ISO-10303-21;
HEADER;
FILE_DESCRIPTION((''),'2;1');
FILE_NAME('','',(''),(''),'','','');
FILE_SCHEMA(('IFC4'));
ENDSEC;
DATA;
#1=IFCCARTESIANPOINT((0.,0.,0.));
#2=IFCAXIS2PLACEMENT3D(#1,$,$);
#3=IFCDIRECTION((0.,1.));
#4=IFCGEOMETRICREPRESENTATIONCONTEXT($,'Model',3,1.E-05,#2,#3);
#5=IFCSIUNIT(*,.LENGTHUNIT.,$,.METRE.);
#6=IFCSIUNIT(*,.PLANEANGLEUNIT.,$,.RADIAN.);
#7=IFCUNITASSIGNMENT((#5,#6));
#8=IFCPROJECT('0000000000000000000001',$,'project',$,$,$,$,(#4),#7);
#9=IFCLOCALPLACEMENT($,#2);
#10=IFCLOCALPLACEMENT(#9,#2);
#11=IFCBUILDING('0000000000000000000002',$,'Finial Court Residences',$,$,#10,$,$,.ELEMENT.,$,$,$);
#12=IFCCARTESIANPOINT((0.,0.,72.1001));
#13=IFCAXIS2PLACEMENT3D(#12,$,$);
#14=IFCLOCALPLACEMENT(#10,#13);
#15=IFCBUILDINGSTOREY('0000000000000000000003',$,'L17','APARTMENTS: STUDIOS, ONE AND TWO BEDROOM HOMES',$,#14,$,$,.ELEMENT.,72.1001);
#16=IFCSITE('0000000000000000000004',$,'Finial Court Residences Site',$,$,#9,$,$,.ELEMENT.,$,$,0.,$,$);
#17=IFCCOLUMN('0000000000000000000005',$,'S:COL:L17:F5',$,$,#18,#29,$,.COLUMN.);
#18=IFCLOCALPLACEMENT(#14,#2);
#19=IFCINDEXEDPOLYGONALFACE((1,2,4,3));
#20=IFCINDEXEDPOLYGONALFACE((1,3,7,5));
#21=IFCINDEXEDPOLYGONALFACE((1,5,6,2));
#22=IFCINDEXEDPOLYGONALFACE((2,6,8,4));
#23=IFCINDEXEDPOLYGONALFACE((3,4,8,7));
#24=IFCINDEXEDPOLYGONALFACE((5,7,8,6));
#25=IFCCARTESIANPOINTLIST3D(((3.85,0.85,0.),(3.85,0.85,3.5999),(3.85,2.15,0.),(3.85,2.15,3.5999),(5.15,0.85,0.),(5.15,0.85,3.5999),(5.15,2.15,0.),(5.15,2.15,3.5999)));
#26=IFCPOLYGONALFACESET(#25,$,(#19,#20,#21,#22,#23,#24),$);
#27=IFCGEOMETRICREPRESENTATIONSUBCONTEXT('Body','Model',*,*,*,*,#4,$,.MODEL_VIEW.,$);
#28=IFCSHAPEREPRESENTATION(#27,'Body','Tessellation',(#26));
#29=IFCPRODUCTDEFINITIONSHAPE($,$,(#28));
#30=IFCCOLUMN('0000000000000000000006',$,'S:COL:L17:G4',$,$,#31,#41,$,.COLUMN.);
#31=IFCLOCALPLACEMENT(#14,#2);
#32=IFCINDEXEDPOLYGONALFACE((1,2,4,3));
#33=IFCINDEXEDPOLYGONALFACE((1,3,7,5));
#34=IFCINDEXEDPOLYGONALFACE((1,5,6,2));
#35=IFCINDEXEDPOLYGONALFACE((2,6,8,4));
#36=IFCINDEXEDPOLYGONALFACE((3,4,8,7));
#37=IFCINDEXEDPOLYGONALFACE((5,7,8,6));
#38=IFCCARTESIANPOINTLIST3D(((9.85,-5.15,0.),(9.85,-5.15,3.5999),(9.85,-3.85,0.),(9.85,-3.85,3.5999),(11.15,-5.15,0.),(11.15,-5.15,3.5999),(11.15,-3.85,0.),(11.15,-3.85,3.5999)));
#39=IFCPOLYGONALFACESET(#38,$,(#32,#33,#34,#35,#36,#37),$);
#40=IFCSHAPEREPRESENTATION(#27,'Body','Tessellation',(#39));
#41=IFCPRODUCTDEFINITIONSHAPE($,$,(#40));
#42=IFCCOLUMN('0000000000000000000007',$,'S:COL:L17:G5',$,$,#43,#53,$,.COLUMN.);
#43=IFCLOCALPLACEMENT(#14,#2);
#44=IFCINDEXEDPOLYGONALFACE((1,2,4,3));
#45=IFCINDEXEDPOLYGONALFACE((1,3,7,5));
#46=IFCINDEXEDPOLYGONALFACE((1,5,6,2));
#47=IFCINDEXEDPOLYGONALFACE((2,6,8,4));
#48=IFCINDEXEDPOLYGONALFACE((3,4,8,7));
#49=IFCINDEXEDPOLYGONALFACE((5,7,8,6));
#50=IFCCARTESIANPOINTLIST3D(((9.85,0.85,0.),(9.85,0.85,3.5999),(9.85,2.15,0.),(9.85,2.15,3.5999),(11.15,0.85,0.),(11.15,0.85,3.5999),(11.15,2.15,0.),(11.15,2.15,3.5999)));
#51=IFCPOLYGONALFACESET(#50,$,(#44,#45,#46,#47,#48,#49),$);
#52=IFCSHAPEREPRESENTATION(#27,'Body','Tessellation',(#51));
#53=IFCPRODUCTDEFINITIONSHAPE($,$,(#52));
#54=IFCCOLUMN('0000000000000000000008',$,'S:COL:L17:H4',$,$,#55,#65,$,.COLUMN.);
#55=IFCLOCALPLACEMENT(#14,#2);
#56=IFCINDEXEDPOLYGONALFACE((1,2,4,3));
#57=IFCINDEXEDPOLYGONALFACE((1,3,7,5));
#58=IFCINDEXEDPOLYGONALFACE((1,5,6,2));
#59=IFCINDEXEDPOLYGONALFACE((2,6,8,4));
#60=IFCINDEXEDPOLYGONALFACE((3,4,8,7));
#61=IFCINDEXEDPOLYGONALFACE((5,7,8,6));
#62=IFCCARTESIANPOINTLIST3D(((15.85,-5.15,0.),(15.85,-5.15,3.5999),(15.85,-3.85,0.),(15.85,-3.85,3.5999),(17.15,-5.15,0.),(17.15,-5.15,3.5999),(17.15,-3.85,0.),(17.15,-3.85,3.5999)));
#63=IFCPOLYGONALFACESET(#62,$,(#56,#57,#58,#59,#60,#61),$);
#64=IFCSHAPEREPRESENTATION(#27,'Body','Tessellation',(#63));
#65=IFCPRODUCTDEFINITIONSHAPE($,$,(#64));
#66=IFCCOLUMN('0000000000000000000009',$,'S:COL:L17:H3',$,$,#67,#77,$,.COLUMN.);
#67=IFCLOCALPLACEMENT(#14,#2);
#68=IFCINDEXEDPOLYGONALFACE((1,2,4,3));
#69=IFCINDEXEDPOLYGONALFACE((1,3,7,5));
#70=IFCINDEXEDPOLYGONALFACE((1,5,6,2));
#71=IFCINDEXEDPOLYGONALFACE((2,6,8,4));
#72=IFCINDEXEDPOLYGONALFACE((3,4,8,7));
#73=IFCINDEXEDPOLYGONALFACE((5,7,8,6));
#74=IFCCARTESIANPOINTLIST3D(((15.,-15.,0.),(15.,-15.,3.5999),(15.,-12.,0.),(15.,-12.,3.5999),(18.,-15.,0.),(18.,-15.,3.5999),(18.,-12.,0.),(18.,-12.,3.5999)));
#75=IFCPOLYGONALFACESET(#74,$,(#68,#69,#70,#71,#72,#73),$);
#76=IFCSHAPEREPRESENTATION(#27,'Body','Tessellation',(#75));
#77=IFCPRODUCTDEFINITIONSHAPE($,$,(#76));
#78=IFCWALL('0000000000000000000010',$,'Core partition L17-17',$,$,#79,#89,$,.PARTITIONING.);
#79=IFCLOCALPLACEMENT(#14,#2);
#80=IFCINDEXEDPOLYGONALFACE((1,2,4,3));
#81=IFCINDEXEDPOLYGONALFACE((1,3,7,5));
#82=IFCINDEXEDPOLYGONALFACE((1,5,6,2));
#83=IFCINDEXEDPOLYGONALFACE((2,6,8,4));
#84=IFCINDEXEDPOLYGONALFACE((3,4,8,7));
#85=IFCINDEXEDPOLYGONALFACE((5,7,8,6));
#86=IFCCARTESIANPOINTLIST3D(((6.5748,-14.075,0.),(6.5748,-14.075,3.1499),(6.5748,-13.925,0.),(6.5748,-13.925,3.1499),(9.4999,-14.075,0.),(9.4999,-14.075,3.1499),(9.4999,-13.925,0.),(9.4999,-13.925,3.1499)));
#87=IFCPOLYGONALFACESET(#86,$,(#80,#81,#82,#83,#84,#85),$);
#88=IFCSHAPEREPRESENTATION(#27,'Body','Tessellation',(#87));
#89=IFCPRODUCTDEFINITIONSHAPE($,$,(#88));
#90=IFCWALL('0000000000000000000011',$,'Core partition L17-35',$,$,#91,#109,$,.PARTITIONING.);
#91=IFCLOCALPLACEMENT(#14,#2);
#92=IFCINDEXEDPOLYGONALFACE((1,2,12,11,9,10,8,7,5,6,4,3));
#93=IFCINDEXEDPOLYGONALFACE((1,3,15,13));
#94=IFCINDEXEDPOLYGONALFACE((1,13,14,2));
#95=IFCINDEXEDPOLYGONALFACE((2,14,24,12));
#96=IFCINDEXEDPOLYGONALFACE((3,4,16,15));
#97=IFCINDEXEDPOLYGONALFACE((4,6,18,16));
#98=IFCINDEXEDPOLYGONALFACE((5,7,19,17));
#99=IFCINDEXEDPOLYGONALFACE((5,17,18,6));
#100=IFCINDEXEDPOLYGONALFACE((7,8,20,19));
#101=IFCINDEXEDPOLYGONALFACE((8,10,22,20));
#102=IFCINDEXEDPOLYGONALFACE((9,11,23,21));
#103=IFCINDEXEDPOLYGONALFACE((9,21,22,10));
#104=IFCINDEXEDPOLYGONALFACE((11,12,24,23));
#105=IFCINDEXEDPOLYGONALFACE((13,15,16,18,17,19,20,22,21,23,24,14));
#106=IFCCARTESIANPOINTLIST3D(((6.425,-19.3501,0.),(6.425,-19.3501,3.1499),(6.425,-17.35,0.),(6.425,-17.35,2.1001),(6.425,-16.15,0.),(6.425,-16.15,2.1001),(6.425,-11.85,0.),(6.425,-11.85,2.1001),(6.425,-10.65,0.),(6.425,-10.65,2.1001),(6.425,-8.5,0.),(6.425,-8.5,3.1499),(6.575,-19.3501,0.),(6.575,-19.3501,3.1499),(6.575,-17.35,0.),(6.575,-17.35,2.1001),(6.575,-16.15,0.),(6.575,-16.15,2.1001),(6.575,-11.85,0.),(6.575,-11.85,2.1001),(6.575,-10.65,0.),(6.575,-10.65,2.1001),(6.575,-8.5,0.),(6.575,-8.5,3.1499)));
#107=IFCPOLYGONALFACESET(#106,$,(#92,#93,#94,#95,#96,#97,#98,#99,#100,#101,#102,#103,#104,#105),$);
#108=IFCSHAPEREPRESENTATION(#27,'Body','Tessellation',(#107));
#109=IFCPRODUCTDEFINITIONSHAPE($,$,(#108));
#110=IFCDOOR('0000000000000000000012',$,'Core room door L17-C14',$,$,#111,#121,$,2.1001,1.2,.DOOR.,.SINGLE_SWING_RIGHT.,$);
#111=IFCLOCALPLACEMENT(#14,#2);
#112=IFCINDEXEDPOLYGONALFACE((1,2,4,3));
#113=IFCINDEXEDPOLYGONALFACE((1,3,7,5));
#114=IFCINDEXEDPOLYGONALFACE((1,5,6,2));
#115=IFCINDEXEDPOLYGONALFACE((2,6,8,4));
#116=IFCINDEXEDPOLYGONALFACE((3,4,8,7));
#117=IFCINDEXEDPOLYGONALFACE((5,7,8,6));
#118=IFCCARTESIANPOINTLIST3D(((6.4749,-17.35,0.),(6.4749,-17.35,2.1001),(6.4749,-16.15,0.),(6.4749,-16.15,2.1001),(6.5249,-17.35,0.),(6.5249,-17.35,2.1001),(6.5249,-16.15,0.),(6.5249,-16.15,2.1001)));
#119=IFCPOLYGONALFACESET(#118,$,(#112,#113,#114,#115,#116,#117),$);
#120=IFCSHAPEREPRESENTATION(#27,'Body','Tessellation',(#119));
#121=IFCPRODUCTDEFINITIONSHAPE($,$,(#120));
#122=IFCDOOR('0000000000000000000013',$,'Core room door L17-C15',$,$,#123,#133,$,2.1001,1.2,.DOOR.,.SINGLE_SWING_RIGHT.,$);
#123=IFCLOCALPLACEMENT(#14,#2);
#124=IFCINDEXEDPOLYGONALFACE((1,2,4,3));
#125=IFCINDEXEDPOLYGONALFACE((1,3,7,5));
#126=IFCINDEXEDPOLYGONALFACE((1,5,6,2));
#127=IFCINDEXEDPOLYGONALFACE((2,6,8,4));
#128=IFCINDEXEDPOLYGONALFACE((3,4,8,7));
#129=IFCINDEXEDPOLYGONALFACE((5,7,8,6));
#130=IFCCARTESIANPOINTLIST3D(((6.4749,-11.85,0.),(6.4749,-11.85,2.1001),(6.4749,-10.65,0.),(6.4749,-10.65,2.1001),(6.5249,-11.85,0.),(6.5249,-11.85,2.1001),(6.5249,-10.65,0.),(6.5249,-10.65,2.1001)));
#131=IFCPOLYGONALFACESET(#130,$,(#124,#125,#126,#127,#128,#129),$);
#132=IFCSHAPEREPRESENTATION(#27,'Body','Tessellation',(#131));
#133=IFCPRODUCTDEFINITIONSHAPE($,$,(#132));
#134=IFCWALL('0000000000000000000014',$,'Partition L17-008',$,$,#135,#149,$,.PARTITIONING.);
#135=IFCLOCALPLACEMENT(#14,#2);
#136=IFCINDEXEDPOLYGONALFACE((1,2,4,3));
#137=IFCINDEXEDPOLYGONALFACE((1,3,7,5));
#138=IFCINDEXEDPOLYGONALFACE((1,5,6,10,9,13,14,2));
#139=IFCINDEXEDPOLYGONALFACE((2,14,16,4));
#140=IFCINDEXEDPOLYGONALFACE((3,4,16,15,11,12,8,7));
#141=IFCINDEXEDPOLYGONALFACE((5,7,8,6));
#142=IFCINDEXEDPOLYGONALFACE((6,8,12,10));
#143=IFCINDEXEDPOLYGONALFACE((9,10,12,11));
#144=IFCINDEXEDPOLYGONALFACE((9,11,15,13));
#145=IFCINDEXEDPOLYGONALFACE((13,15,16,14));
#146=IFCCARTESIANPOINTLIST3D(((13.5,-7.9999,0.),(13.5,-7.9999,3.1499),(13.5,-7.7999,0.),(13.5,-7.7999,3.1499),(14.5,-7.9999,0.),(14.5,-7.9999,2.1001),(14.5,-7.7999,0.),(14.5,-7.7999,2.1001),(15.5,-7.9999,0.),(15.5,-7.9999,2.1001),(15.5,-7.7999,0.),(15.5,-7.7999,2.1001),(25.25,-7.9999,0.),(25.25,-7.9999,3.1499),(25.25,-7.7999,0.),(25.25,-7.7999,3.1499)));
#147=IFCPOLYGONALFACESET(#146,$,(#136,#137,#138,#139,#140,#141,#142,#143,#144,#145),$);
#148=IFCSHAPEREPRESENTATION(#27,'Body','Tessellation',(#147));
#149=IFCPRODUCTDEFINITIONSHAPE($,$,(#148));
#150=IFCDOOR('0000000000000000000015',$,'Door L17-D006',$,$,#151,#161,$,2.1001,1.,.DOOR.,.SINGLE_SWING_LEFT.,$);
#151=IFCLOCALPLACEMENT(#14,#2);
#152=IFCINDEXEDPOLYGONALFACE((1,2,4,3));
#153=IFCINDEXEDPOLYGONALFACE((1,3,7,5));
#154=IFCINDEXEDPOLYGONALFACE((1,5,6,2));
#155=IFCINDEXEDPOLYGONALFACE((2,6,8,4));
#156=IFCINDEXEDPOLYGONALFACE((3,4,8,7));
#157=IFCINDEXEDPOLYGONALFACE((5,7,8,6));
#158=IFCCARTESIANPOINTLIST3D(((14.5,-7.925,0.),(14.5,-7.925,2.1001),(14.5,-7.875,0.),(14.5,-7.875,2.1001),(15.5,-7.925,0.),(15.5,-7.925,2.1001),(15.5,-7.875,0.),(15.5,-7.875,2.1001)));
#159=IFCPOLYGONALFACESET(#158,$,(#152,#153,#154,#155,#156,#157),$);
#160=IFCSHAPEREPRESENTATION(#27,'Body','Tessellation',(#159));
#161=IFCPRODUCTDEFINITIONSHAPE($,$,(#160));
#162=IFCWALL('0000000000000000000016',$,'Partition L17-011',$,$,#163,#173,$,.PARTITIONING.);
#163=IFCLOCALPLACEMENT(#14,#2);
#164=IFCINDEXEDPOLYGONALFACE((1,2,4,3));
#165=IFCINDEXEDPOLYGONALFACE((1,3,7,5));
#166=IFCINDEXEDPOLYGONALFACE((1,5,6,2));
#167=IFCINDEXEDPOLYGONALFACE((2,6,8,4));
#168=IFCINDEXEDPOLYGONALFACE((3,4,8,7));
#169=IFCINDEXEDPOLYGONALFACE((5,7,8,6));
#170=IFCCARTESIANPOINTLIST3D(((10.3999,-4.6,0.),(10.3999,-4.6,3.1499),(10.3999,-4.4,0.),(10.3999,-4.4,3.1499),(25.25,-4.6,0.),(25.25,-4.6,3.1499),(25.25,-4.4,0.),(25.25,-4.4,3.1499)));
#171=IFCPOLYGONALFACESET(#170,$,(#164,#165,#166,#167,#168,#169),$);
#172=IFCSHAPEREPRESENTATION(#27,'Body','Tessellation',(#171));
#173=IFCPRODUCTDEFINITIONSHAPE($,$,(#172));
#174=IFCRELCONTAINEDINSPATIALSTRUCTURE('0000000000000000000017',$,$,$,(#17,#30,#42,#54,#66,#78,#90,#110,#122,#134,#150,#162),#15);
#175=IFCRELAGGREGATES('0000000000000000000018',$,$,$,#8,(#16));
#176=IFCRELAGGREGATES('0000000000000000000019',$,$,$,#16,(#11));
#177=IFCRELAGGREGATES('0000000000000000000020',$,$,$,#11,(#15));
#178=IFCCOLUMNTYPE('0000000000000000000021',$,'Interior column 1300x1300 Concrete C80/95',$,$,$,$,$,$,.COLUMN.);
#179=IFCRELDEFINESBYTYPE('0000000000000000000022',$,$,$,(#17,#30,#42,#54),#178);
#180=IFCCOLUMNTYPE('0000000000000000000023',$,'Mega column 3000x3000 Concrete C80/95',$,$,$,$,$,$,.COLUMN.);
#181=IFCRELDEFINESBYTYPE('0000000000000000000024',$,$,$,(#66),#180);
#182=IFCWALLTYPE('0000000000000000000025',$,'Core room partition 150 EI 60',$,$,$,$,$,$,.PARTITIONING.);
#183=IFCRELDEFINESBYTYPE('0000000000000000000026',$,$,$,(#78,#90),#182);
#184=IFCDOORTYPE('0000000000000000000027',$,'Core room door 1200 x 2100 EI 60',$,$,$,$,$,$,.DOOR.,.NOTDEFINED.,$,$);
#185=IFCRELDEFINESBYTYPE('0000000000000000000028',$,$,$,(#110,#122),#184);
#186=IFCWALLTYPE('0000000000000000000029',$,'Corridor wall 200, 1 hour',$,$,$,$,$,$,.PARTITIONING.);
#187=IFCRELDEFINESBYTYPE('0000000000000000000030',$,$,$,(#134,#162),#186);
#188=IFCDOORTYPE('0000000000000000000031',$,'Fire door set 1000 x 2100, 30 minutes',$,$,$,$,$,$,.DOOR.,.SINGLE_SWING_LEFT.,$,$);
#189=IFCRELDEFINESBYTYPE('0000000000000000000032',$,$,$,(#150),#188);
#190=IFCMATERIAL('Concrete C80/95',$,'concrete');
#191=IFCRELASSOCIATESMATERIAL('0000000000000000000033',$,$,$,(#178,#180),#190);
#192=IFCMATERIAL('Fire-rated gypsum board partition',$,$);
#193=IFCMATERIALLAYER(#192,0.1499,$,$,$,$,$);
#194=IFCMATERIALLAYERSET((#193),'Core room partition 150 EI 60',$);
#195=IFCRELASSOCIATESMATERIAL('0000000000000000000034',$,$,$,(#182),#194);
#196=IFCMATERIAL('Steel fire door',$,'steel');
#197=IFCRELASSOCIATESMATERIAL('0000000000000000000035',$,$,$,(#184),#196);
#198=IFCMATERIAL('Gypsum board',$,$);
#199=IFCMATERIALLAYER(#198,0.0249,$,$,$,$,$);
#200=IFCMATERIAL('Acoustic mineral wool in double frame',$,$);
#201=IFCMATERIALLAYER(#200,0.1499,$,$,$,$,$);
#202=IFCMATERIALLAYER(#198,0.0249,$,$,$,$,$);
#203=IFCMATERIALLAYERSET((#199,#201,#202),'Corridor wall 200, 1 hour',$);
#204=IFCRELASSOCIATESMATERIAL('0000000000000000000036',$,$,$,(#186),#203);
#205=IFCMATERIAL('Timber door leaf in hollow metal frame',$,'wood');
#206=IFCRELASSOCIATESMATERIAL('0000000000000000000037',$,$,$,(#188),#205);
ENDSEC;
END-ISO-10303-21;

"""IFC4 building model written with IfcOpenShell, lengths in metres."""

from ifc_helpers import new_model, si_unit, direction, frame, frame_2d, origin, origin_2d, place, context, subcontext, project, spatial, rectangle, extrude, material, layer, layer_set, material_profile, profile_set, type_object, element, fill, save


model = new_model("IFC4")

# Units and contexts
model_context = context("Model", 3, precision=1e-05, world=origin(), true_north=direction((0.0, 1.0)))
body_context = subcontext(model_context, "Body", "Model", "MODEL_VIEW")
ifc_project = project(units=[si_unit("LENGTHUNIT", "METRE"), si_unit("PLANEANGLEUNIT", "RADIAN")], contexts=[model_context])

# Site, building, storey
site_placement = place(None, origin())
site = spatial("IfcSite", under=ifc_project, at=site_placement, Name="Finial Court Residences Site", CompositionType="ELEMENT", RefElevation=0.0)
building_placement = place(site_placement, origin())
building = spatial("IfcBuilding", under=site, at=building_placement, Name="Finial Court Residences", CompositionType="ELEMENT")
storey_placement = place(building_placement, frame((0.0, 0.0, 72.1001)))
storey = spatial("IfcBuildingStorey", under=building, at=storey_placement, Name="L17", Description="APARTMENTS: STUDIOS, ONE AND TWO BEDROOM HOMES", CompositionType="ELEMENT", Elevation=72.1001)

# Columns
ifc_material_1 = material(Name="Concrete C80/95", Category="concrete")
ifc_material_profile_1 = material_profile(ifc_material_1, rectangle(XDim=1.3, YDim=1.3, at=origin_2d()), Name="1300x1300")
ifc_profile_set_1 = profile_set([ifc_material_profile_1], Name="Concrete C80/95")
column_type_1 = type_object("IfcColumnType", Name="Interior column 1300x1300 Concrete C80/95", PredefinedType="COLUMN", material=ifc_profile_set_1)
for number, where, z_axis, x_axis, name in (
    (1, (4.5, 1.5, 0.0), (0.0, 0.0, 1.0), (1.0, 0.0, 0.0), "S:COL:L17:F5"),
    (2, (10.5, -4.5, 0.0), (0.0, 0.0, 1.0), (1.0, 0.0, 0.0), "S:COL:L17:G4"),
    (3, (10.5, 1.5, 0.0), (0.0, 0.0, 1.0), (1.0, 0.0, 0.0), "S:COL:L17:G5"),
    (4, (16.5, -4.5, 0.0), (0.0, 0.0, 1.0), (1.0, 0.0, 0.0), "S:COL:L17:H4"),
):
    element("IfcColumn", number, at=place(storey_placement, frame(where, z_axis=z_axis, x_axis=x_axis)), inside=storey, type_object=column_type_1, Name=name, PredefinedType="COLUMN", context=body_context, shape_type="SweptSolid", body=[
        extrude(rectangle(XDim=1.3, YDim=1.3, at=origin_2d()), origin(), (0.0, 0.0, 1.0), 3.5999),
    ])
ifc_material_profile_2 = material_profile(ifc_material_1, rectangle(XDim=3.0, YDim=3.0, at=origin_2d()), Name="3000x3000")
ifc_profile_set_2 = profile_set([ifc_material_profile_2], Name="Concrete C80/95")
column_type_2 = type_object("IfcColumnType", Name="Mega column 3000x3000 Concrete C80/95", PredefinedType="COLUMN", material=ifc_profile_set_2)
column_placement = place(storey_placement, frame((16.5, -13.5, 0.0), z_axis=(0.0, 0.0, 1.0), x_axis=(1.0, 0.0, 0.0)))
element("IfcColumn", 5, at=column_placement, inside=storey, type_object=column_type_2, Name="S:COL:L17:H3", PredefinedType="COLUMN", context=body_context, shape_type="SweptSolid", body=[
    extrude(rectangle(XDim=3.0, YDim=3.0, at=origin_2d()), origin(), (0.0, 0.0, 1.0), 3.5999),
])

# Wall
ifc_material_2 = material(Name="Fire-rated gypsum board partition")
ifc_layer_1 = layer(ifc_material_2, 0.1499)
ifc_layer_set_1 = layer_set([ifc_layer_1], Name="Core room partition 150 EI 60")
wall_type_1 = type_object("IfcWallType", Name="Core room partition 150 EI 60", PredefinedType="PARTITIONING", material=ifc_layer_set_1)
wall_1_placement = place(storey_placement, frame((6.575, -14.0, 0.0), z_axis=(0.0, 0.0, 1.0), x_axis=(1.0, 0.0, 0.0)))
element("IfcWall", 6, at=wall_1_placement, inside=storey, type_object=wall_type_1, Name="Core partition L17-17", PredefinedType="PARTITIONING", context=body_context, shape_type="SweptSolid", body=[
    extrude(rectangle(XDim=2.925, YDim=0.1499, at=frame_2d((1.4624, 0.0))), origin(), (0.0, 0.0, 1.0), 3.1499),
])

# Wall, openings, doors
wall_2_placement = place(storey_placement, frame((6.5, -8.5, 0.0), z_axis=(0.0, 0.0, 1.0), x_axis=(0.0, -1.0, 0.0)))
wall_2 = element("IfcWall", 7, at=wall_2_placement, inside=storey, type_object=wall_type_1, Name="Core partition L17-35", PredefinedType="PARTITIONING", context=body_context, shape_type="SweptSolid", body=[
    extrude(rectangle(XDim=10.8501, YDim=0.1499, at=frame_2d((5.425, 0.0))), origin(), (0.0, 0.0, 1.0), 3.1499),
])
opening_1_placement = place(wall_2_placement, frame((7.6499, 0.0, 0.0)))
opening_1 = element("IfcOpeningElement", 8, at=opening_1_placement, cuts=wall_2, PredefinedType="OPENING", context=body_context, shape_type="SweptSolid", body=[
    extrude(rectangle(XDim=1.2, YDim=2.1001, at=frame_2d((0.6001, 1.05))), frame((0.0, 0.085, 0.0), z_axis=(0.0, -1.0, 0.0), x_axis=(1.0, 0.0, 0.0)), (0.0, 0.0, 1.0), 0.1699),
])
opening_2_placement = place(wall_2_placement, frame((2.1499, 0.0, 0.0)))
opening_2 = element("IfcOpeningElement", 9, at=opening_2_placement, cuts=wall_2, PredefinedType="OPENING", context=body_context, shape_type="SweptSolid", body=[
    extrude(rectangle(XDim=1.2, YDim=2.1001, at=frame_2d((0.6001, 1.05))), frame((0.0, 0.085, 0.0), z_axis=(0.0, -1.0, 0.0), x_axis=(1.0, 0.0, 0.0)), (0.0, 0.0, 1.0), 0.1699),
])
ifc_material_3 = material(Name="Steel fire door", Category="steel")
door_type_1 = type_object("IfcDoorType", Name="Core room door 1200 x 2100 EI 60", OperationType="NOTDEFINED", PredefinedType="DOOR", material=ifc_material_3)
door_1_placement = place(opening_1_placement, origin())
door_1 = element("IfcDoor", 10, at=door_1_placement, inside=storey, type_object=door_type_1, Name="Core room door L17-C14", OperationType="SINGLE_SWING_RIGHT", OverallHeight=2.1001, OverallWidth=1.2, PredefinedType="DOOR", context=body_context, shape_type="SweptSolid", body=[
    extrude(rectangle(XDim=1.2, YDim=2.1001, at=frame_2d((0.6001, 1.05))), frame((0.0, 0.0249, 0.0), z_axis=(0.0, -1.0, 0.0), x_axis=(1.0, 0.0, 0.0)), (0.0, 0.0, 1.0), 0.05),
])
fill(opening_1, door_1)
door_2_placement = place(opening_2_placement, origin())
door_2 = element("IfcDoor", 11, at=door_2_placement, inside=storey, type_object=door_type_1, Name="Core room door L17-C15", OperationType="SINGLE_SWING_RIGHT", OverallHeight=2.1001, OverallWidth=1.2, PredefinedType="DOOR", context=body_context, shape_type="SweptSolid", body=[
    extrude(rectangle(XDim=1.2, YDim=2.1001, at=frame_2d((0.6001, 1.05))), frame((0.0, 0.0249, 0.0), z_axis=(0.0, -1.0, 0.0), x_axis=(1.0, 0.0, 0.0)), (0.0, 0.0, 1.0), 0.05),
])
fill(opening_2, door_2)

# Wall, opening, door
ifc_material_4 = material(Name="Gypsum board")
ifc_layer_2 = layer(ifc_material_4, 0.0249)
ifc_material_5 = material(Name="Acoustic mineral wool in double frame")
ifc_layer_3 = layer(ifc_material_5, 0.1499)
ifc_layer_4 = layer(ifc_material_4, 0.0249)
ifc_layer_set_2 = layer_set([ifc_layer_2, ifc_layer_3, ifc_layer_4], Name="Corridor wall 200, 1 hour")
wall_type_2 = type_object("IfcWallType", Name="Corridor wall 200, 1 hour", PredefinedType="PARTITIONING", material=ifc_layer_set_2)
wall_3_placement = place(storey_placement, frame((13.5, -7.8999, 0.0), z_axis=(0.0, 0.0, 1.0), x_axis=(1.0, 0.0, 0.0)))
wall_3 = element("IfcWall", 12, at=wall_3_placement, inside=storey, type_object=wall_type_2, Name="Partition L17-008", PredefinedType="PARTITIONING", context=body_context, shape_type="SweptSolid", body=[
    extrude(rectangle(XDim=11.75, YDim=0.2, at=frame_2d((5.875, 0.0))), origin(), (0.0, 0.0, 1.0), 3.1499),
])
opening_3_placement = place(wall_3_placement, frame((1.0, 0.0, 0.0)))
opening_3 = element("IfcOpeningElement", 13, at=opening_3_placement, cuts=wall_3, PredefinedType="OPENING", context=body_context, shape_type="SweptSolid", body=[
    extrude(rectangle(XDim=1.0, YDim=2.1001, at=frame_2d((0.5, 1.05))), frame((0.0, 0.1099, 0.0), z_axis=(0.0, -1.0, 0.0), x_axis=(1.0, 0.0, 0.0)), (0.0, 0.0, 1.0), 0.22),
])
ifc_material_6 = material(Name="Timber door leaf in hollow metal frame", Category="wood")
door_type_2 = type_object("IfcDoorType", Name="Fire door set 1000 x 2100, 30 minutes", OperationType="SINGLE_SWING_LEFT", PredefinedType="DOOR", material=ifc_material_6)
door_3_placement = place(opening_3_placement, origin())
door_3 = element("IfcDoor", 14, at=door_3_placement, inside=storey, type_object=door_type_2, Name="Door L17-D006", OperationType="SINGLE_SWING_LEFT", OverallHeight=2.1001, OverallWidth=1.0, PredefinedType="DOOR", context=body_context, shape_type="SweptSolid", body=[
    extrude(rectangle(XDim=1.0, YDim=2.1001, at=frame_2d((0.5, 1.05))), frame((0.0, 0.0249, 0.0), z_axis=(0.0, -1.0, 0.0), x_axis=(1.0, 0.0, 0.0)), (0.0, 0.0, 1.0), 0.05),
])
fill(opening_3, door_3)

# Wall
wall_4_placement = place(storey_placement, frame((10.3999, -4.5, 0.0), z_axis=(0.0, 0.0, 1.0), x_axis=(1.0, 0.0, 0.0)))
element("IfcWall", 15, at=wall_4_placement, inside=storey, type_object=wall_type_2, Name="Partition L17-011", PredefinedType="PARTITIONING", context=body_context, shape_type="SweptSolid", body=[
    extrude(rectangle(XDim=14.8501, YDim=0.2, at=frame_2d((7.425, 0.0))), origin(), (0.0, 0.0, 1.0), 3.1499),
])

save(model, "model.ifc")
